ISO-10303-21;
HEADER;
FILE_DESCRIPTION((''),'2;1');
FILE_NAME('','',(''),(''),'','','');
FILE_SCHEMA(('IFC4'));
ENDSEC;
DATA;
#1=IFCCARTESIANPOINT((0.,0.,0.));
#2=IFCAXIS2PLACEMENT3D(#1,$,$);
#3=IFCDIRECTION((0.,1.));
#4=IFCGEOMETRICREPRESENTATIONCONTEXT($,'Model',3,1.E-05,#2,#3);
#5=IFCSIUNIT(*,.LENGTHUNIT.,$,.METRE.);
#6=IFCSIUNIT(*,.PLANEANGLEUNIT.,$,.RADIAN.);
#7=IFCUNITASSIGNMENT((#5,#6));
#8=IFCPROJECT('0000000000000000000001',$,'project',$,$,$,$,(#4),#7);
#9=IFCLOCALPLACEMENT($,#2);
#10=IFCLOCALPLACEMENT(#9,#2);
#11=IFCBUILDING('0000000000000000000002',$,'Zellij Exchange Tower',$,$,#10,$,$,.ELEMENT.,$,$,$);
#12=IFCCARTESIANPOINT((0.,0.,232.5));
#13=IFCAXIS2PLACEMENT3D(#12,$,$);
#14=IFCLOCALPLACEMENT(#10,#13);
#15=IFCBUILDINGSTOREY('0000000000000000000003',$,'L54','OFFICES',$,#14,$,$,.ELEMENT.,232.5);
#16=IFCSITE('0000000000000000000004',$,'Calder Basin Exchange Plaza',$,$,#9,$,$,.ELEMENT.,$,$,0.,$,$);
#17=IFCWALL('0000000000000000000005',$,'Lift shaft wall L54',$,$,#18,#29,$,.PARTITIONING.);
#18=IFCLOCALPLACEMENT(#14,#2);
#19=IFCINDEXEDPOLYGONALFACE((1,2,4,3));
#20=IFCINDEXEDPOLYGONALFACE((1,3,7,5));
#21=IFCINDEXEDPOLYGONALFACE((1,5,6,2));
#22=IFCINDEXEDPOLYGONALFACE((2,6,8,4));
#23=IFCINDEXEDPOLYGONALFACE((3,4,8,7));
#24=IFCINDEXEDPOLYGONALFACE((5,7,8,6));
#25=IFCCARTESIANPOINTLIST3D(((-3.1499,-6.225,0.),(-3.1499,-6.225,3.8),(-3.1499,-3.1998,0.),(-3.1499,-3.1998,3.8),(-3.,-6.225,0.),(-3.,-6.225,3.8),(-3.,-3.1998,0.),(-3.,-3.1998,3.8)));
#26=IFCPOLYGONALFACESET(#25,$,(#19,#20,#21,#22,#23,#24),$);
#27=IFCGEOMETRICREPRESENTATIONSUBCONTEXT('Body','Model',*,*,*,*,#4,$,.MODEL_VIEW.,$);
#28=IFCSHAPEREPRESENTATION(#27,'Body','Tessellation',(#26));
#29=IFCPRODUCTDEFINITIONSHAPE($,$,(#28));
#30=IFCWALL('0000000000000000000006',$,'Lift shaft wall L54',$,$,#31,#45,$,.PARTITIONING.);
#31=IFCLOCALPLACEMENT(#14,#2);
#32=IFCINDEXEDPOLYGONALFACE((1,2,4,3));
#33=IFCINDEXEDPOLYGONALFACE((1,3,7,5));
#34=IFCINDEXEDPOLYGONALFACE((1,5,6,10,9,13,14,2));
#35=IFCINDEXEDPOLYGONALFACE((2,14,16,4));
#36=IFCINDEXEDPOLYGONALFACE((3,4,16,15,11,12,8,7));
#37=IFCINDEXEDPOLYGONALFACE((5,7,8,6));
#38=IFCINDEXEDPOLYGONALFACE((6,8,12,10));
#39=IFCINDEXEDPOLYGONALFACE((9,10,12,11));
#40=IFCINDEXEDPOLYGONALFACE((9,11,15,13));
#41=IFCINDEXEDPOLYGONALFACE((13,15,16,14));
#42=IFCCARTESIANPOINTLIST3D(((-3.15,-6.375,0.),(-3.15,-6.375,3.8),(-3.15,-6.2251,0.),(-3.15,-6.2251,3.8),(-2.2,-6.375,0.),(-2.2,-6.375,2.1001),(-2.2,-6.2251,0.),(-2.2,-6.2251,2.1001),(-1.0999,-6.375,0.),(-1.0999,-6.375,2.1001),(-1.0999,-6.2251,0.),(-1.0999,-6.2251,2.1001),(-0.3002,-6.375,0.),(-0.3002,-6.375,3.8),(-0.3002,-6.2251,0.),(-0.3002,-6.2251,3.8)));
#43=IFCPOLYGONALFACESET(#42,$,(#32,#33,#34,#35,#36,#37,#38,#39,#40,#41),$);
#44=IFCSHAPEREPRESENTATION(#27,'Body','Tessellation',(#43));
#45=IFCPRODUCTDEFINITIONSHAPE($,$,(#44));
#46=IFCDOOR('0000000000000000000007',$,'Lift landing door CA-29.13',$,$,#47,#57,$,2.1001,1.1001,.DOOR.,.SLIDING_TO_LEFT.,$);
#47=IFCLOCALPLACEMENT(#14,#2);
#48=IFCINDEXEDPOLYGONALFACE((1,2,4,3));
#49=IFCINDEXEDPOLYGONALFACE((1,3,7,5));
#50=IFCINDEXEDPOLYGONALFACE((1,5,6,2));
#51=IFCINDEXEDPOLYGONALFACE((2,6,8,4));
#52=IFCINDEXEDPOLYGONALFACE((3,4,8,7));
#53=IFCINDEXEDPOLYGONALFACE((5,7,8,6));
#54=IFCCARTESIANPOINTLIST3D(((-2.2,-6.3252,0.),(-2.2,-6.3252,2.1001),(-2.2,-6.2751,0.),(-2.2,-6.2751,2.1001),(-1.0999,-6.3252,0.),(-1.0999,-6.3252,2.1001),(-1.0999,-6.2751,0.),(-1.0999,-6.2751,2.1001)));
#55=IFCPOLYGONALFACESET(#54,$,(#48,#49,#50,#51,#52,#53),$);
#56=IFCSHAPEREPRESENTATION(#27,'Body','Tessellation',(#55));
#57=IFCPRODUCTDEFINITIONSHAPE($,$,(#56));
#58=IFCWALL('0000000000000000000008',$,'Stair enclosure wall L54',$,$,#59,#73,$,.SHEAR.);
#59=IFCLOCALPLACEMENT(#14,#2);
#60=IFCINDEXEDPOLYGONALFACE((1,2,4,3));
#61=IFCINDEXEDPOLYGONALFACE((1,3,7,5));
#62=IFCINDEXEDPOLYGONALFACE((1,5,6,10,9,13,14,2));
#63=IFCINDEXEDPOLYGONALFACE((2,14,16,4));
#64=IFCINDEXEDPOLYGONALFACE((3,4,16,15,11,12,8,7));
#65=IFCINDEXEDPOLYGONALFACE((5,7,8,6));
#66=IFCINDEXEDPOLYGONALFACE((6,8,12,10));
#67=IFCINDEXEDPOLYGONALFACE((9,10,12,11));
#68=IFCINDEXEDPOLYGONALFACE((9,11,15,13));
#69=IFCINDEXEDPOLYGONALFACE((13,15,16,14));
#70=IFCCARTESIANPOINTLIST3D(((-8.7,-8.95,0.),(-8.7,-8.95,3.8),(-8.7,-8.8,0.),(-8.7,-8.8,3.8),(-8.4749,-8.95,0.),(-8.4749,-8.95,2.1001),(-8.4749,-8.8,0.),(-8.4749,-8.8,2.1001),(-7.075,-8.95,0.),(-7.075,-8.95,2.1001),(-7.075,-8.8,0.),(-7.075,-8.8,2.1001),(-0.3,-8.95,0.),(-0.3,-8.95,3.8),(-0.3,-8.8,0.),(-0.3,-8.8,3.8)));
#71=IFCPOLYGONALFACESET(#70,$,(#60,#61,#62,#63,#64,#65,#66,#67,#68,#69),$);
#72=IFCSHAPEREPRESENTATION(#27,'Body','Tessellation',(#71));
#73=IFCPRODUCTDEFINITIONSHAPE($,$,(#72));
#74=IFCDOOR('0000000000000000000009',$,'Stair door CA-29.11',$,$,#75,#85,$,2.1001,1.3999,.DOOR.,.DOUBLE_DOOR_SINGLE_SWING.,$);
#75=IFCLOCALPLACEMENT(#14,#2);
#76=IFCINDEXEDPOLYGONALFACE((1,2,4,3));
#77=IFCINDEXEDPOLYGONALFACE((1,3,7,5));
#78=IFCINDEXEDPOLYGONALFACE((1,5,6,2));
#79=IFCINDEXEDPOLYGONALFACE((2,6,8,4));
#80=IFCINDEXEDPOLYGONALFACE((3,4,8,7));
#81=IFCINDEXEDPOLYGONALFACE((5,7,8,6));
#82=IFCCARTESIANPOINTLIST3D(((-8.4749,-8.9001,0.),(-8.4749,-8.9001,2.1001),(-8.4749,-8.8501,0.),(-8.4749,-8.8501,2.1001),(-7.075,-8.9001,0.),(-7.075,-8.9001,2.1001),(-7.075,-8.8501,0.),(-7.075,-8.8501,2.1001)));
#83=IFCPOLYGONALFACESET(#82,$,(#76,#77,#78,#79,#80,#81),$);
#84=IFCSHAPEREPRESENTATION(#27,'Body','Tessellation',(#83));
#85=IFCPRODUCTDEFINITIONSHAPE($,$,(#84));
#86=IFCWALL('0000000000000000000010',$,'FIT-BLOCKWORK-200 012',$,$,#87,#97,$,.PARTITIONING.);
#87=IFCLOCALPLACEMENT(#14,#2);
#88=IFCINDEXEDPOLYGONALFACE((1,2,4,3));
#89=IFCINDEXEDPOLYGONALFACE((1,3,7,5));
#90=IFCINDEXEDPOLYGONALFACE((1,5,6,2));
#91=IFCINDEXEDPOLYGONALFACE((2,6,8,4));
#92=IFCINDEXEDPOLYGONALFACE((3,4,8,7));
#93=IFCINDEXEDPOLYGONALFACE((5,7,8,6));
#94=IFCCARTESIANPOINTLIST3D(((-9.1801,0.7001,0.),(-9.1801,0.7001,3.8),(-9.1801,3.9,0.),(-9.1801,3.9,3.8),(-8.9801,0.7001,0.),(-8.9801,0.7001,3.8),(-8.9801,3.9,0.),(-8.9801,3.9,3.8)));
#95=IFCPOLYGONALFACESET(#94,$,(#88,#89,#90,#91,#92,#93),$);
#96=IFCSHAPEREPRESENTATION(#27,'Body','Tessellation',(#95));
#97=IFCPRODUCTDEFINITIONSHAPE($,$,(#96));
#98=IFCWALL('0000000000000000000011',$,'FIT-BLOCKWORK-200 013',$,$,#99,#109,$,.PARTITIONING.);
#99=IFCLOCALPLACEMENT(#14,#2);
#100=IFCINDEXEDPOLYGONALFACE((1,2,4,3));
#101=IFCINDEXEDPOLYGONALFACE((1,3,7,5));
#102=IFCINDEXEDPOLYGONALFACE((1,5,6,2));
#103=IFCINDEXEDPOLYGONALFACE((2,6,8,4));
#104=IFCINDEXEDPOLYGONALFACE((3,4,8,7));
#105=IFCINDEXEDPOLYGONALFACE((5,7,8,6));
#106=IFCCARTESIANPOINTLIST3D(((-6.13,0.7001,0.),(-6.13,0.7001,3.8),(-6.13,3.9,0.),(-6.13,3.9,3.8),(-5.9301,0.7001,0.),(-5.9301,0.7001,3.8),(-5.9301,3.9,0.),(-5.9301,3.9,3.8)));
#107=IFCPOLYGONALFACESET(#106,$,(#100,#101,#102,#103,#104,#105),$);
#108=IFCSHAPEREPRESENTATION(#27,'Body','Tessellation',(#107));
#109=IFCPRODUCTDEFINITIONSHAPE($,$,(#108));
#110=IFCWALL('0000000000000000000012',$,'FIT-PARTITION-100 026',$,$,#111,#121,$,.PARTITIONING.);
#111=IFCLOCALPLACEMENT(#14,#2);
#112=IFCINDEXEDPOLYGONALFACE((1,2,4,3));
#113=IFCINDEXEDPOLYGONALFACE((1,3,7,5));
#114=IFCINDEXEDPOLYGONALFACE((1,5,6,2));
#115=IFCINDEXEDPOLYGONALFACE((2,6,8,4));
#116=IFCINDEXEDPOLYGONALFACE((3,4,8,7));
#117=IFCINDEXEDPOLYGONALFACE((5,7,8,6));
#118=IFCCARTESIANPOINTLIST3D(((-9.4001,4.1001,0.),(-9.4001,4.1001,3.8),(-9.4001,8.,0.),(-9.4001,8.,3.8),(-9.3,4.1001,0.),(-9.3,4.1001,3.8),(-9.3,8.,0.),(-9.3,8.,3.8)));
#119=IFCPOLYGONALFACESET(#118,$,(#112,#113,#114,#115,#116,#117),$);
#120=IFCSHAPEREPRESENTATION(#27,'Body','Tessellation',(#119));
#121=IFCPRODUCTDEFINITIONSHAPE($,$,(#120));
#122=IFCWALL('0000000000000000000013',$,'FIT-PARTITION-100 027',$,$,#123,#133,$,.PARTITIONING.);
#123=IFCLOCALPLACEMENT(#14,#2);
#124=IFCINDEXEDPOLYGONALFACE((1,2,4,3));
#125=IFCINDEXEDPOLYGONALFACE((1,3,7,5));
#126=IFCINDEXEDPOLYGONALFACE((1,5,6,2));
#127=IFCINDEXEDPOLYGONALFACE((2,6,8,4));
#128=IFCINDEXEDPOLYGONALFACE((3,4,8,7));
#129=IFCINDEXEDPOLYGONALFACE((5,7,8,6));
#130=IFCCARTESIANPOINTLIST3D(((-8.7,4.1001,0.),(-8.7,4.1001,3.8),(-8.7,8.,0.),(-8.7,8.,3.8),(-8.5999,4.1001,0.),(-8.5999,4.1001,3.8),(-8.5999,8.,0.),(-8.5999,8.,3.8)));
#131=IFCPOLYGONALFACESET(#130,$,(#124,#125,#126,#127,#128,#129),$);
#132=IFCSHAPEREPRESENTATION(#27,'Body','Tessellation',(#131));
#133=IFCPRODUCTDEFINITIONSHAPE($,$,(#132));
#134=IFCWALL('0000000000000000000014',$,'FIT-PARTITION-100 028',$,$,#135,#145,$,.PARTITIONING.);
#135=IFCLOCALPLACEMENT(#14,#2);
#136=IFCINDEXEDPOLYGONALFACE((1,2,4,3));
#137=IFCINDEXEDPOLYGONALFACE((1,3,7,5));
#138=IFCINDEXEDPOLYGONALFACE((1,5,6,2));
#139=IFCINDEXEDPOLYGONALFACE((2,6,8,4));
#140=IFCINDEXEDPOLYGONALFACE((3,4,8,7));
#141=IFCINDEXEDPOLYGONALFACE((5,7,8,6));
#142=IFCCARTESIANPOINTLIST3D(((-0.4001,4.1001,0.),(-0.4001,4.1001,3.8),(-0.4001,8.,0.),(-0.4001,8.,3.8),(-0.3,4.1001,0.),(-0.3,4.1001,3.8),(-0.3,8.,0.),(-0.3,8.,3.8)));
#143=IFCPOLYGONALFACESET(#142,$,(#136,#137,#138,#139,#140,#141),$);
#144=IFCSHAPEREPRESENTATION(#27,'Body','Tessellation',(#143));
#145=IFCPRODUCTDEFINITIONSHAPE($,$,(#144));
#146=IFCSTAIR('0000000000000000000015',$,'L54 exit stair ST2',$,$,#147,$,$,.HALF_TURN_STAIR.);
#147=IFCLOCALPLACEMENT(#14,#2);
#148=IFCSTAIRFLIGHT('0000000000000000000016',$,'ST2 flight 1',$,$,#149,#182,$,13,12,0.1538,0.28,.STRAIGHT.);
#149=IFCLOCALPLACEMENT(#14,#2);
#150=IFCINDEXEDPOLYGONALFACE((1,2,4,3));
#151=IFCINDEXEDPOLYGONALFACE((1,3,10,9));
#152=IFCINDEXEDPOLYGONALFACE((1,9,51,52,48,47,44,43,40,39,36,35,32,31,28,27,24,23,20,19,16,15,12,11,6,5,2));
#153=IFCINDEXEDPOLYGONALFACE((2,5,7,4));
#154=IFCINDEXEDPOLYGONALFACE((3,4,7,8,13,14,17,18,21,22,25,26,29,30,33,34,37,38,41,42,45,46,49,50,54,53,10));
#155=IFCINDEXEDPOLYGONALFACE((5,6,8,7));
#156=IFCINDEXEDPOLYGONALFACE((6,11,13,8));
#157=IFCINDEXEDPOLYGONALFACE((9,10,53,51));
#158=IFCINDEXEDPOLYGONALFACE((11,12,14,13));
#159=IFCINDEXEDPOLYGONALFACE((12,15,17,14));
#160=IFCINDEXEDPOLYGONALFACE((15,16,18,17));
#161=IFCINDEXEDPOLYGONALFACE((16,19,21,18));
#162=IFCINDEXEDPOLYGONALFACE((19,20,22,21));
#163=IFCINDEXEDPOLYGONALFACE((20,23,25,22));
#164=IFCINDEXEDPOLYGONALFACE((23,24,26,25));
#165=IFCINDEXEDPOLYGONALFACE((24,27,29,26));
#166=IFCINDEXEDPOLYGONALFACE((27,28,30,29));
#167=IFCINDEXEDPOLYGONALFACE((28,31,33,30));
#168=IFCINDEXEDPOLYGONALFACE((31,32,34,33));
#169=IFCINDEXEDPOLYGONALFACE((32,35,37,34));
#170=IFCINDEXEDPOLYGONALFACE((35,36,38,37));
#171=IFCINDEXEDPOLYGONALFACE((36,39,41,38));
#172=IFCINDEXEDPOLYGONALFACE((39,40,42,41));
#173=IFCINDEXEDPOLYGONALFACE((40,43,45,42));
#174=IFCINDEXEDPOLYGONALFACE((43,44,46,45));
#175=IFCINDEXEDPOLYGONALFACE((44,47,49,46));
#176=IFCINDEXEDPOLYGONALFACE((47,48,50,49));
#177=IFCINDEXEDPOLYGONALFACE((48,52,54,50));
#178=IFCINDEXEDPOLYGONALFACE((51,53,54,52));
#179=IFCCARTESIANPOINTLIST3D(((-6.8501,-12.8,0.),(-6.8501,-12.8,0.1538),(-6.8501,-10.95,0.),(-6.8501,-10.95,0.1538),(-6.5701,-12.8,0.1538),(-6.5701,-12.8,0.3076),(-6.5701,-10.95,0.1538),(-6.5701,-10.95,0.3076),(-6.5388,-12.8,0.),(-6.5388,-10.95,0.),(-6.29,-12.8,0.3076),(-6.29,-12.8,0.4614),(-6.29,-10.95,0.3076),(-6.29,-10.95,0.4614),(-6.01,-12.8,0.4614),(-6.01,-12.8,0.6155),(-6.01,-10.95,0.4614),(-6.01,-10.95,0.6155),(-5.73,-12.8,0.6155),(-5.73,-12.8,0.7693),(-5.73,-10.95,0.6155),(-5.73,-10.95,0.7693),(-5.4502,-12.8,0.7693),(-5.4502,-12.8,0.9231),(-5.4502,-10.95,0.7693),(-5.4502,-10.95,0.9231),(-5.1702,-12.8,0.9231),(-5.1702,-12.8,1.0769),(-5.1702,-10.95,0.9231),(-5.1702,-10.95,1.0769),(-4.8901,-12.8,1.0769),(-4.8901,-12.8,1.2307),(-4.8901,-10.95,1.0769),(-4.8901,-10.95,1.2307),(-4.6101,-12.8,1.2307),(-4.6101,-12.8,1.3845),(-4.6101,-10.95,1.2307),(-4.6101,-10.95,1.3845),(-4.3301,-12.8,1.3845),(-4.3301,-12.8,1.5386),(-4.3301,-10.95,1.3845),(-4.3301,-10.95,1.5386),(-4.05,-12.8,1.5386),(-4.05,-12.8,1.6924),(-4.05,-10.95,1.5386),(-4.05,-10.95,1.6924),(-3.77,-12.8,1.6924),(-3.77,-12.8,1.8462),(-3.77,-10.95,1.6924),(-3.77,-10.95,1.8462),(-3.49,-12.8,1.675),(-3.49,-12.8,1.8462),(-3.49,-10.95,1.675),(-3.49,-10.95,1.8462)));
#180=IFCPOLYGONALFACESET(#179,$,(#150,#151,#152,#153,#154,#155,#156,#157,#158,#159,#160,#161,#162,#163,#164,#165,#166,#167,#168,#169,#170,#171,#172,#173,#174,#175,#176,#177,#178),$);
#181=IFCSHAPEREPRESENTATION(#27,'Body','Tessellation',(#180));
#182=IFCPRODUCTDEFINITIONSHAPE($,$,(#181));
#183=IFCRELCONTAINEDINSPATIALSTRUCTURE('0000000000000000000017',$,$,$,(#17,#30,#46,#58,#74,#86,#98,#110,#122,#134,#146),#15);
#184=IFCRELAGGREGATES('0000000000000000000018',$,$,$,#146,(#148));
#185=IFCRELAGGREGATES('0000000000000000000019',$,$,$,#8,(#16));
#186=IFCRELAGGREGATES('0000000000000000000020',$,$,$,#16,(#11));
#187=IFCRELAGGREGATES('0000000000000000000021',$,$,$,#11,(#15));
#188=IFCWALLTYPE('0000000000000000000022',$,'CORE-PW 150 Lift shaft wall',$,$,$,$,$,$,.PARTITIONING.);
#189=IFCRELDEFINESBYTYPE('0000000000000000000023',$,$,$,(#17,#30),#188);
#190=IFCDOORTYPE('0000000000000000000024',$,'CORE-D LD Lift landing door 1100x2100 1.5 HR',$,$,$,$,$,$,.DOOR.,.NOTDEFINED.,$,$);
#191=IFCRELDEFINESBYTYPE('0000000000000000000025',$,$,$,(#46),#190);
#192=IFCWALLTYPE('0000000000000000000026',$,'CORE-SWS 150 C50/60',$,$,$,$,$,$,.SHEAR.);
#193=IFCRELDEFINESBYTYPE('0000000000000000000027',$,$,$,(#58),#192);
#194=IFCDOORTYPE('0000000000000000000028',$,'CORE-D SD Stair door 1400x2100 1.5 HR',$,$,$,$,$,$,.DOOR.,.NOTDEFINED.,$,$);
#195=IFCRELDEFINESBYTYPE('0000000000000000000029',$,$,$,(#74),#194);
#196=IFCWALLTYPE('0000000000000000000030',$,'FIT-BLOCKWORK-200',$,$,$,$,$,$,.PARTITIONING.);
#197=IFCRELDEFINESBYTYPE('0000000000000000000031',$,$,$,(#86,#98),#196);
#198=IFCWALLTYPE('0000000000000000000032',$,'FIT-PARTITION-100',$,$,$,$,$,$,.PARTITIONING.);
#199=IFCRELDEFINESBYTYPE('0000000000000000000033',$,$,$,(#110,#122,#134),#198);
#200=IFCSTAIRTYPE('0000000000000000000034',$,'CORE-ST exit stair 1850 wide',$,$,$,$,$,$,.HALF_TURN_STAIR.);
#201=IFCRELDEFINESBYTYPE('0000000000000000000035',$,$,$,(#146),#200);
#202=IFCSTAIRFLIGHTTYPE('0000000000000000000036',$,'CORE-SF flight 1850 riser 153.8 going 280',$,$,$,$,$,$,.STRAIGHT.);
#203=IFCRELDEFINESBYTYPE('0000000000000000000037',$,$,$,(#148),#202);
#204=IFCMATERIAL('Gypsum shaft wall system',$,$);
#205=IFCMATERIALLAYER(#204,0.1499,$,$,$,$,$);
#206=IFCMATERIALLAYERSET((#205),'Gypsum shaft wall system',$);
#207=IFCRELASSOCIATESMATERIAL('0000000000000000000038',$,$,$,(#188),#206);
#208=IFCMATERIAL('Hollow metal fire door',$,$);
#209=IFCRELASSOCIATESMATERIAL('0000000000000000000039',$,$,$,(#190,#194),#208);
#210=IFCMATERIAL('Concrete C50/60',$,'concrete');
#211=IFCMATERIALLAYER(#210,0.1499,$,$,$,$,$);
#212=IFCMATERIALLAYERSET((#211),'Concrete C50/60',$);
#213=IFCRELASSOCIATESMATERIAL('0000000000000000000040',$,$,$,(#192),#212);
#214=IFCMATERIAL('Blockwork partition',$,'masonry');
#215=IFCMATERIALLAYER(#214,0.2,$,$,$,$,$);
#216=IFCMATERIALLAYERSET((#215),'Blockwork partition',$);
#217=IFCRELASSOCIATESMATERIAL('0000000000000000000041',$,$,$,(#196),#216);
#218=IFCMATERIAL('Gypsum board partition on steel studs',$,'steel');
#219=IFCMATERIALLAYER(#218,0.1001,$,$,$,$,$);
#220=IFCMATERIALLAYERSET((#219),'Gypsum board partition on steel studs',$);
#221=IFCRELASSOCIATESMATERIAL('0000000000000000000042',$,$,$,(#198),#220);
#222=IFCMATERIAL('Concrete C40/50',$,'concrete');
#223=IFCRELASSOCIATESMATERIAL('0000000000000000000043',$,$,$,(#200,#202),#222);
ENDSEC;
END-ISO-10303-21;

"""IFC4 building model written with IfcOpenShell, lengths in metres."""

from ifc_helpers import new_model, si_unit, direction, frame, frame_2d, origin, place, context, subcontext, project, spatial, polyline, rectangle, outline, extrude, material, layer, layer_set, type_object, element, fill, aggregate, save


model = new_model("IFC4")

# Units and contexts
model_context = context("Model", 3, precision=1e-05, world=origin(), true_north=direction((0.0, 1.0)))
body_context = subcontext(model_context, "Body", "Model", "MODEL_VIEW")
ifc_project = project(units=[si_unit("LENGTHUNIT", "METRE"), si_unit("PLANEANGLEUNIT", "RADIAN")], contexts=[model_context])

# Site, building, storey
site_placement = place(None, origin())
site = spatial("IfcSite", under=ifc_project, at=site_placement, Name="Calder Basin Exchange Plaza", CompositionType="ELEMENT", RefElevation=0.0)
building_placement = place(site_placement, origin())
building = spatial("IfcBuilding", under=site, at=building_placement, Name="Zellij Exchange Tower", CompositionType="ELEMENT")
storey_placement = place(building_placement, frame((0.0, 0.0, 232.5)))
storey = spatial("IfcBuildingStorey", under=building, at=storey_placement, Name="L54", Description="OFFICES", CompositionType="ELEMENT", Elevation=232.5)

# Shared definitions
ifc_material_1 = material(Name="Concrete C50/60", Category="concrete")

# Shared definitions
ifc_material_2 = material(Name="Gypsum shaft wall system")
ifc_material_3 = material(Name="Hollow metal fire door")

# Wall
ifc_layer_1 = layer(ifc_material_2, 0.1499)
ifc_layer_set_1 = layer_set([ifc_layer_1], Name="Gypsum shaft wall system")
wall_type_1 = type_object("IfcWallType", Name="CORE-PW 150 Lift shaft wall", PredefinedType="PARTITIONING", material=ifc_layer_set_1)
wall_1_placement = place(storey_placement, frame((-3.075, -6.2251, 0.0), z_axis=(0.0, 0.0, 1.0), x_axis=(0.0, 1.0, 0.0)))
element("IfcWall", 1, at=wall_1_placement, inside=storey, type_object=wall_type_1, Name="Lift shaft wall L54", PredefinedType="PARTITIONING", context=body_context, shape_type="SweptSolid", body=[
    extrude(rectangle(XDim=3.0251, YDim=0.1499, at=frame_2d((1.5127, 0.0))), origin(), (0.0, 0.0, 1.0), 3.8),
])

# Walls, openings, doors
wall_2_placement = place(storey_placement, frame((-3.1499, -6.3, 0.0), z_axis=(0.0, 0.0, 1.0), x_axis=(1.0, 0.0, 0.0)))
wall_2 = element("IfcWall", 2, at=wall_2_placement, inside=storey, type_object=wall_type_1, Name="Lift shaft wall L54", PredefinedType="PARTITIONING", context=body_context, shape_type="SweptSolid", body=[
    extrude(rectangle(XDim=2.8499, YDim=0.1499, at=frame_2d((1.4248, 0.0))), origin(), (0.0, 0.0, 1.0), 3.8),
])
opening_1_placement = place(wall_2_placement, frame((0.95, 0.0, 0.0)))
opening_1 = element("IfcOpeningElement", 3, at=opening_1_placement, cuts=wall_2, PredefinedType="OPENING", context=body_context, shape_type="SweptSolid", body=[
    extrude(rectangle(XDim=1.1001, YDim=2.1001, at=frame_2d((0.55, 1.05))), frame((0.0, 0.0869, 0.0), z_axis=(0.0, -1.0, 0.0), x_axis=(1.0, 0.0, 0.0)), (0.0, 0.0, 1.0), 0.1738),
])
door_type_1 = type_object("IfcDoorType", Name="CORE-D LD Lift landing door 1100x2100 1.5 HR", OperationType="NOTDEFINED", PredefinedType="DOOR", material=ifc_material_3)
door_1_placement = place(opening_1_placement, origin())
door_1 = element("IfcDoor", 4, at=door_1_placement, inside=storey, type_object=door_type_1, Name="Lift landing door CA-29.13", OperationType="SLIDING_TO_LEFT", OverallHeight=2.1001, OverallWidth=1.1001, PredefinedType="DOOR", context=body_context, shape_type="SweptSolid", body=[
    extrude(rectangle(XDim=1.1001, YDim=2.1001, at=frame_2d((0.55, 1.05))), frame((0.0, 0.0249, 0.0), z_axis=(0.0, -1.0, 0.0), x_axis=(1.0, 0.0, 0.0)), (0.0, 0.0, 1.0), 0.05),
])
fill(opening_1, door_1)
ifc_layer_2 = layer(ifc_material_1, 0.1499)
ifc_layer_set_2 = layer_set([ifc_layer_2], Name="Concrete C50/60")
wall_type_2 = type_object("IfcWallType", Name="CORE-SWS 150 C50/60", PredefinedType="SHEAR", material=ifc_layer_set_2)
wall_3_placement = place(storey_placement, frame((-8.7, -8.875, 0.0), z_axis=(0.0, 0.0, 1.0), x_axis=(1.0, 0.0, 0.0)))
wall_3 = element("IfcWall", 5, at=wall_3_placement, inside=storey, type_object=wall_type_2, Name="Stair enclosure wall L54", PredefinedType="SHEAR", context=body_context, shape_type="SweptSolid", body=[
    extrude(rectangle(XDim=8.3999, YDim=0.1499, at=frame_2d((4.2, 0.0))), origin(), (0.0, 0.0, 1.0), 3.8),
])
opening_2_placement = place(wall_3_placement, frame((0.2251, 0.0, 0.0)))
opening_2 = element("IfcOpeningElement", 6, at=opening_2_placement, cuts=wall_3, PredefinedType="OPENING", context=body_context, shape_type="SweptSolid", body=[
    extrude(rectangle(XDim=1.3999, YDim=2.1001, at=frame_2d((0.7, 1.05))), frame((0.0, 0.0869, 0.0), z_axis=(0.0, -1.0, 0.0), x_axis=(1.0, 0.0, 0.0)), (0.0, 0.0, 1.0), 0.1738),
])
door_type_2 = type_object("IfcDoorType", Name="CORE-D SD Stair door 1400x2100 1.5 HR", OperationType="NOTDEFINED", PredefinedType="DOOR", material=ifc_material_3)
door_2_placement = place(opening_2_placement, origin())
door_2 = element("IfcDoor", 7, at=door_2_placement, inside=storey, type_object=door_type_2, Name="Stair door CA-29.11", OperationType="DOUBLE_DOOR_SINGLE_SWING", OverallHeight=2.1001, OverallWidth=1.3999, PredefinedType="DOOR", context=body_context, shape_type="SweptSolid", body=[
    extrude(rectangle(XDim=1.3999, YDim=2.1001, at=frame_2d((0.7, 1.05))), frame((0.0, 0.0249, 0.0), z_axis=(0.0, -1.0, 0.0), x_axis=(1.0, 0.0, 0.0)), (0.0, 0.0, 1.0), 0.05),
])
fill(opening_2, door_2)

# Walls
ifc_material_4 = material(Name="Blockwork partition", Category="masonry")
ifc_layer_3 = layer(ifc_material_4, 0.2)
ifc_layer_set_3 = layer_set([ifc_layer_3], Name="Blockwork partition")
wall_type_3 = type_object("IfcWallType", Name="FIT-BLOCKWORK-200", PredefinedType="PARTITIONING", material=ifc_layer_set_3)
for number, where, z_axis, x_axis, name in (
    (8, (-9.0801, 0.7, 0.0), (0.0, 0.0, 1.0), (0.0, 1.0, 0.0), "FIT-BLOCKWORK-200 012"),
    (9, (-6.03, 0.7, 0.0), (0.0, 0.0, 1.0), (0.0, 1.0, 0.0), "FIT-BLOCKWORK-200 013"),
):
    element("IfcWall", number, at=place(storey_placement, frame(where, z_axis=z_axis, x_axis=x_axis)), inside=storey, type_object=wall_type_3, Name=name, PredefinedType="PARTITIONING", context=body_context, shape_type="SweptSolid", body=[
        extrude(rectangle(XDim=3.2, YDim=0.2, at=frame_2d((1.6001, 0.0))), origin(), (0.0, 0.0, 1.0), 3.8),
    ])
ifc_material_5 = material(Name="Gypsum board partition on steel studs", Category="steel")
ifc_layer_4 = layer(ifc_material_5, 0.1001)
ifc_layer_set_4 = layer_set([ifc_layer_4], Name="Gypsum board partition on steel studs")
wall_type_4 = type_object("IfcWallType", Name="FIT-PARTITION-100", PredefinedType="PARTITIONING", material=ifc_layer_set_4)
for number, where, z_axis, x_axis, name in (
    (10, (-9.3501, 4.1001, 0.0), (0.0, 0.0, 1.0), (0.0, 1.0, 0.0), "FIT-PARTITION-100 026"),
    (11, (-8.6499, 4.1001, 0.0), (0.0, 0.0, 1.0), (0.0, 1.0, 0.0), "FIT-PARTITION-100 027"),
    (12, (-0.3501, 4.1001, 0.0), (0.0, 0.0, 1.0), (0.0, 1.0, 0.0), "FIT-PARTITION-100 028"),
):
    element("IfcWall", number, at=place(storey_placement, frame(where, z_axis=z_axis, x_axis=x_axis)), inside=storey, type_object=wall_type_4, Name=name, PredefinedType="PARTITIONING", context=body_context, shape_type="SweptSolid", body=[
        extrude(rectangle(XDim=3.8999, YDim=0.1001, at=frame_2d((1.95, 0.0))), origin(), (0.0, 0.0, 1.0), 3.8),
    ])

# Stair, stair flight
ifc_material_6 = material(Name="Concrete C40/50", Category="concrete")
stair_type = type_object("IfcStairType", Name="CORE-ST exit stair 1850 wide", PredefinedType="HALF_TURN_STAIR", material=ifc_material_6)
stair_placement = place(storey_placement, origin())
stair = element("IfcStair", 13, at=stair_placement, inside=storey, type_object=stair_type, Name="L54 exit stair ST2", PredefinedType="HALF_TURN_STAIR")
stair_flight_type = type_object("IfcStairFlightType", Name="CORE-SF flight 1850 riser 153.8 going 280", PredefinedType="STRAIGHT", material=ifc_material_6)
stair_flight_1_placement = place(storey_placement, frame((-6.8501, -11.875, 0.0), z_axis=(0.0, 0.0, 1.0), x_axis=(1.0, 0.0, 0.0)))
stair_flight_1 = element("IfcStairFlight", 14, at=stair_flight_1_placement, type_object=stair_flight_type, Name="ST2 flight 1", NumberOfRisers=13, NumberOfTreads=12, PredefinedType="STRAIGHT", RiserHeight=0.1538, TreadLength=0.28, context=body_context, shape_type="SweptSolid", body=[
    extrude(outline(polyline([(0.0, 0.0), (0.0, 0.1538), (0.28, 0.1538), (0.28, 0.3076), (0.5601, 0.3076), (0.5601, 0.4614), (0.8401, 0.4614), (0.8401, 0.6155), (1.1201, 0.6155), (1.1201, 0.7693), (1.3999, 0.7693), (1.3999, 0.9231), (1.6799, 0.9231), (1.6799, 1.0769), (1.96, 1.0769), (1.96, 1.2307), (2.24, 1.2307), (2.24, 1.3845), (2.52, 1.3845), (2.52, 1.5386), (2.8, 1.5386), (2.8, 1.6924), (3.0801, 1.6924), (3.0801, 1.8462), (3.3601, 1.8462), (3.3601, 2.0), (3.3601, 1.675), (0.3113, 0.0), (0.0, 0.0)])), frame((0.0, 0.925, 0.0), z_axis=(0.0, -1.0, 0.0), x_axis=(1.0, 0.0, 0.0)), (0.0, 0.0, 1.0), 1.8501),
])
aggregate(stair, [stair_flight_1])

save(model, "model.ifc")
